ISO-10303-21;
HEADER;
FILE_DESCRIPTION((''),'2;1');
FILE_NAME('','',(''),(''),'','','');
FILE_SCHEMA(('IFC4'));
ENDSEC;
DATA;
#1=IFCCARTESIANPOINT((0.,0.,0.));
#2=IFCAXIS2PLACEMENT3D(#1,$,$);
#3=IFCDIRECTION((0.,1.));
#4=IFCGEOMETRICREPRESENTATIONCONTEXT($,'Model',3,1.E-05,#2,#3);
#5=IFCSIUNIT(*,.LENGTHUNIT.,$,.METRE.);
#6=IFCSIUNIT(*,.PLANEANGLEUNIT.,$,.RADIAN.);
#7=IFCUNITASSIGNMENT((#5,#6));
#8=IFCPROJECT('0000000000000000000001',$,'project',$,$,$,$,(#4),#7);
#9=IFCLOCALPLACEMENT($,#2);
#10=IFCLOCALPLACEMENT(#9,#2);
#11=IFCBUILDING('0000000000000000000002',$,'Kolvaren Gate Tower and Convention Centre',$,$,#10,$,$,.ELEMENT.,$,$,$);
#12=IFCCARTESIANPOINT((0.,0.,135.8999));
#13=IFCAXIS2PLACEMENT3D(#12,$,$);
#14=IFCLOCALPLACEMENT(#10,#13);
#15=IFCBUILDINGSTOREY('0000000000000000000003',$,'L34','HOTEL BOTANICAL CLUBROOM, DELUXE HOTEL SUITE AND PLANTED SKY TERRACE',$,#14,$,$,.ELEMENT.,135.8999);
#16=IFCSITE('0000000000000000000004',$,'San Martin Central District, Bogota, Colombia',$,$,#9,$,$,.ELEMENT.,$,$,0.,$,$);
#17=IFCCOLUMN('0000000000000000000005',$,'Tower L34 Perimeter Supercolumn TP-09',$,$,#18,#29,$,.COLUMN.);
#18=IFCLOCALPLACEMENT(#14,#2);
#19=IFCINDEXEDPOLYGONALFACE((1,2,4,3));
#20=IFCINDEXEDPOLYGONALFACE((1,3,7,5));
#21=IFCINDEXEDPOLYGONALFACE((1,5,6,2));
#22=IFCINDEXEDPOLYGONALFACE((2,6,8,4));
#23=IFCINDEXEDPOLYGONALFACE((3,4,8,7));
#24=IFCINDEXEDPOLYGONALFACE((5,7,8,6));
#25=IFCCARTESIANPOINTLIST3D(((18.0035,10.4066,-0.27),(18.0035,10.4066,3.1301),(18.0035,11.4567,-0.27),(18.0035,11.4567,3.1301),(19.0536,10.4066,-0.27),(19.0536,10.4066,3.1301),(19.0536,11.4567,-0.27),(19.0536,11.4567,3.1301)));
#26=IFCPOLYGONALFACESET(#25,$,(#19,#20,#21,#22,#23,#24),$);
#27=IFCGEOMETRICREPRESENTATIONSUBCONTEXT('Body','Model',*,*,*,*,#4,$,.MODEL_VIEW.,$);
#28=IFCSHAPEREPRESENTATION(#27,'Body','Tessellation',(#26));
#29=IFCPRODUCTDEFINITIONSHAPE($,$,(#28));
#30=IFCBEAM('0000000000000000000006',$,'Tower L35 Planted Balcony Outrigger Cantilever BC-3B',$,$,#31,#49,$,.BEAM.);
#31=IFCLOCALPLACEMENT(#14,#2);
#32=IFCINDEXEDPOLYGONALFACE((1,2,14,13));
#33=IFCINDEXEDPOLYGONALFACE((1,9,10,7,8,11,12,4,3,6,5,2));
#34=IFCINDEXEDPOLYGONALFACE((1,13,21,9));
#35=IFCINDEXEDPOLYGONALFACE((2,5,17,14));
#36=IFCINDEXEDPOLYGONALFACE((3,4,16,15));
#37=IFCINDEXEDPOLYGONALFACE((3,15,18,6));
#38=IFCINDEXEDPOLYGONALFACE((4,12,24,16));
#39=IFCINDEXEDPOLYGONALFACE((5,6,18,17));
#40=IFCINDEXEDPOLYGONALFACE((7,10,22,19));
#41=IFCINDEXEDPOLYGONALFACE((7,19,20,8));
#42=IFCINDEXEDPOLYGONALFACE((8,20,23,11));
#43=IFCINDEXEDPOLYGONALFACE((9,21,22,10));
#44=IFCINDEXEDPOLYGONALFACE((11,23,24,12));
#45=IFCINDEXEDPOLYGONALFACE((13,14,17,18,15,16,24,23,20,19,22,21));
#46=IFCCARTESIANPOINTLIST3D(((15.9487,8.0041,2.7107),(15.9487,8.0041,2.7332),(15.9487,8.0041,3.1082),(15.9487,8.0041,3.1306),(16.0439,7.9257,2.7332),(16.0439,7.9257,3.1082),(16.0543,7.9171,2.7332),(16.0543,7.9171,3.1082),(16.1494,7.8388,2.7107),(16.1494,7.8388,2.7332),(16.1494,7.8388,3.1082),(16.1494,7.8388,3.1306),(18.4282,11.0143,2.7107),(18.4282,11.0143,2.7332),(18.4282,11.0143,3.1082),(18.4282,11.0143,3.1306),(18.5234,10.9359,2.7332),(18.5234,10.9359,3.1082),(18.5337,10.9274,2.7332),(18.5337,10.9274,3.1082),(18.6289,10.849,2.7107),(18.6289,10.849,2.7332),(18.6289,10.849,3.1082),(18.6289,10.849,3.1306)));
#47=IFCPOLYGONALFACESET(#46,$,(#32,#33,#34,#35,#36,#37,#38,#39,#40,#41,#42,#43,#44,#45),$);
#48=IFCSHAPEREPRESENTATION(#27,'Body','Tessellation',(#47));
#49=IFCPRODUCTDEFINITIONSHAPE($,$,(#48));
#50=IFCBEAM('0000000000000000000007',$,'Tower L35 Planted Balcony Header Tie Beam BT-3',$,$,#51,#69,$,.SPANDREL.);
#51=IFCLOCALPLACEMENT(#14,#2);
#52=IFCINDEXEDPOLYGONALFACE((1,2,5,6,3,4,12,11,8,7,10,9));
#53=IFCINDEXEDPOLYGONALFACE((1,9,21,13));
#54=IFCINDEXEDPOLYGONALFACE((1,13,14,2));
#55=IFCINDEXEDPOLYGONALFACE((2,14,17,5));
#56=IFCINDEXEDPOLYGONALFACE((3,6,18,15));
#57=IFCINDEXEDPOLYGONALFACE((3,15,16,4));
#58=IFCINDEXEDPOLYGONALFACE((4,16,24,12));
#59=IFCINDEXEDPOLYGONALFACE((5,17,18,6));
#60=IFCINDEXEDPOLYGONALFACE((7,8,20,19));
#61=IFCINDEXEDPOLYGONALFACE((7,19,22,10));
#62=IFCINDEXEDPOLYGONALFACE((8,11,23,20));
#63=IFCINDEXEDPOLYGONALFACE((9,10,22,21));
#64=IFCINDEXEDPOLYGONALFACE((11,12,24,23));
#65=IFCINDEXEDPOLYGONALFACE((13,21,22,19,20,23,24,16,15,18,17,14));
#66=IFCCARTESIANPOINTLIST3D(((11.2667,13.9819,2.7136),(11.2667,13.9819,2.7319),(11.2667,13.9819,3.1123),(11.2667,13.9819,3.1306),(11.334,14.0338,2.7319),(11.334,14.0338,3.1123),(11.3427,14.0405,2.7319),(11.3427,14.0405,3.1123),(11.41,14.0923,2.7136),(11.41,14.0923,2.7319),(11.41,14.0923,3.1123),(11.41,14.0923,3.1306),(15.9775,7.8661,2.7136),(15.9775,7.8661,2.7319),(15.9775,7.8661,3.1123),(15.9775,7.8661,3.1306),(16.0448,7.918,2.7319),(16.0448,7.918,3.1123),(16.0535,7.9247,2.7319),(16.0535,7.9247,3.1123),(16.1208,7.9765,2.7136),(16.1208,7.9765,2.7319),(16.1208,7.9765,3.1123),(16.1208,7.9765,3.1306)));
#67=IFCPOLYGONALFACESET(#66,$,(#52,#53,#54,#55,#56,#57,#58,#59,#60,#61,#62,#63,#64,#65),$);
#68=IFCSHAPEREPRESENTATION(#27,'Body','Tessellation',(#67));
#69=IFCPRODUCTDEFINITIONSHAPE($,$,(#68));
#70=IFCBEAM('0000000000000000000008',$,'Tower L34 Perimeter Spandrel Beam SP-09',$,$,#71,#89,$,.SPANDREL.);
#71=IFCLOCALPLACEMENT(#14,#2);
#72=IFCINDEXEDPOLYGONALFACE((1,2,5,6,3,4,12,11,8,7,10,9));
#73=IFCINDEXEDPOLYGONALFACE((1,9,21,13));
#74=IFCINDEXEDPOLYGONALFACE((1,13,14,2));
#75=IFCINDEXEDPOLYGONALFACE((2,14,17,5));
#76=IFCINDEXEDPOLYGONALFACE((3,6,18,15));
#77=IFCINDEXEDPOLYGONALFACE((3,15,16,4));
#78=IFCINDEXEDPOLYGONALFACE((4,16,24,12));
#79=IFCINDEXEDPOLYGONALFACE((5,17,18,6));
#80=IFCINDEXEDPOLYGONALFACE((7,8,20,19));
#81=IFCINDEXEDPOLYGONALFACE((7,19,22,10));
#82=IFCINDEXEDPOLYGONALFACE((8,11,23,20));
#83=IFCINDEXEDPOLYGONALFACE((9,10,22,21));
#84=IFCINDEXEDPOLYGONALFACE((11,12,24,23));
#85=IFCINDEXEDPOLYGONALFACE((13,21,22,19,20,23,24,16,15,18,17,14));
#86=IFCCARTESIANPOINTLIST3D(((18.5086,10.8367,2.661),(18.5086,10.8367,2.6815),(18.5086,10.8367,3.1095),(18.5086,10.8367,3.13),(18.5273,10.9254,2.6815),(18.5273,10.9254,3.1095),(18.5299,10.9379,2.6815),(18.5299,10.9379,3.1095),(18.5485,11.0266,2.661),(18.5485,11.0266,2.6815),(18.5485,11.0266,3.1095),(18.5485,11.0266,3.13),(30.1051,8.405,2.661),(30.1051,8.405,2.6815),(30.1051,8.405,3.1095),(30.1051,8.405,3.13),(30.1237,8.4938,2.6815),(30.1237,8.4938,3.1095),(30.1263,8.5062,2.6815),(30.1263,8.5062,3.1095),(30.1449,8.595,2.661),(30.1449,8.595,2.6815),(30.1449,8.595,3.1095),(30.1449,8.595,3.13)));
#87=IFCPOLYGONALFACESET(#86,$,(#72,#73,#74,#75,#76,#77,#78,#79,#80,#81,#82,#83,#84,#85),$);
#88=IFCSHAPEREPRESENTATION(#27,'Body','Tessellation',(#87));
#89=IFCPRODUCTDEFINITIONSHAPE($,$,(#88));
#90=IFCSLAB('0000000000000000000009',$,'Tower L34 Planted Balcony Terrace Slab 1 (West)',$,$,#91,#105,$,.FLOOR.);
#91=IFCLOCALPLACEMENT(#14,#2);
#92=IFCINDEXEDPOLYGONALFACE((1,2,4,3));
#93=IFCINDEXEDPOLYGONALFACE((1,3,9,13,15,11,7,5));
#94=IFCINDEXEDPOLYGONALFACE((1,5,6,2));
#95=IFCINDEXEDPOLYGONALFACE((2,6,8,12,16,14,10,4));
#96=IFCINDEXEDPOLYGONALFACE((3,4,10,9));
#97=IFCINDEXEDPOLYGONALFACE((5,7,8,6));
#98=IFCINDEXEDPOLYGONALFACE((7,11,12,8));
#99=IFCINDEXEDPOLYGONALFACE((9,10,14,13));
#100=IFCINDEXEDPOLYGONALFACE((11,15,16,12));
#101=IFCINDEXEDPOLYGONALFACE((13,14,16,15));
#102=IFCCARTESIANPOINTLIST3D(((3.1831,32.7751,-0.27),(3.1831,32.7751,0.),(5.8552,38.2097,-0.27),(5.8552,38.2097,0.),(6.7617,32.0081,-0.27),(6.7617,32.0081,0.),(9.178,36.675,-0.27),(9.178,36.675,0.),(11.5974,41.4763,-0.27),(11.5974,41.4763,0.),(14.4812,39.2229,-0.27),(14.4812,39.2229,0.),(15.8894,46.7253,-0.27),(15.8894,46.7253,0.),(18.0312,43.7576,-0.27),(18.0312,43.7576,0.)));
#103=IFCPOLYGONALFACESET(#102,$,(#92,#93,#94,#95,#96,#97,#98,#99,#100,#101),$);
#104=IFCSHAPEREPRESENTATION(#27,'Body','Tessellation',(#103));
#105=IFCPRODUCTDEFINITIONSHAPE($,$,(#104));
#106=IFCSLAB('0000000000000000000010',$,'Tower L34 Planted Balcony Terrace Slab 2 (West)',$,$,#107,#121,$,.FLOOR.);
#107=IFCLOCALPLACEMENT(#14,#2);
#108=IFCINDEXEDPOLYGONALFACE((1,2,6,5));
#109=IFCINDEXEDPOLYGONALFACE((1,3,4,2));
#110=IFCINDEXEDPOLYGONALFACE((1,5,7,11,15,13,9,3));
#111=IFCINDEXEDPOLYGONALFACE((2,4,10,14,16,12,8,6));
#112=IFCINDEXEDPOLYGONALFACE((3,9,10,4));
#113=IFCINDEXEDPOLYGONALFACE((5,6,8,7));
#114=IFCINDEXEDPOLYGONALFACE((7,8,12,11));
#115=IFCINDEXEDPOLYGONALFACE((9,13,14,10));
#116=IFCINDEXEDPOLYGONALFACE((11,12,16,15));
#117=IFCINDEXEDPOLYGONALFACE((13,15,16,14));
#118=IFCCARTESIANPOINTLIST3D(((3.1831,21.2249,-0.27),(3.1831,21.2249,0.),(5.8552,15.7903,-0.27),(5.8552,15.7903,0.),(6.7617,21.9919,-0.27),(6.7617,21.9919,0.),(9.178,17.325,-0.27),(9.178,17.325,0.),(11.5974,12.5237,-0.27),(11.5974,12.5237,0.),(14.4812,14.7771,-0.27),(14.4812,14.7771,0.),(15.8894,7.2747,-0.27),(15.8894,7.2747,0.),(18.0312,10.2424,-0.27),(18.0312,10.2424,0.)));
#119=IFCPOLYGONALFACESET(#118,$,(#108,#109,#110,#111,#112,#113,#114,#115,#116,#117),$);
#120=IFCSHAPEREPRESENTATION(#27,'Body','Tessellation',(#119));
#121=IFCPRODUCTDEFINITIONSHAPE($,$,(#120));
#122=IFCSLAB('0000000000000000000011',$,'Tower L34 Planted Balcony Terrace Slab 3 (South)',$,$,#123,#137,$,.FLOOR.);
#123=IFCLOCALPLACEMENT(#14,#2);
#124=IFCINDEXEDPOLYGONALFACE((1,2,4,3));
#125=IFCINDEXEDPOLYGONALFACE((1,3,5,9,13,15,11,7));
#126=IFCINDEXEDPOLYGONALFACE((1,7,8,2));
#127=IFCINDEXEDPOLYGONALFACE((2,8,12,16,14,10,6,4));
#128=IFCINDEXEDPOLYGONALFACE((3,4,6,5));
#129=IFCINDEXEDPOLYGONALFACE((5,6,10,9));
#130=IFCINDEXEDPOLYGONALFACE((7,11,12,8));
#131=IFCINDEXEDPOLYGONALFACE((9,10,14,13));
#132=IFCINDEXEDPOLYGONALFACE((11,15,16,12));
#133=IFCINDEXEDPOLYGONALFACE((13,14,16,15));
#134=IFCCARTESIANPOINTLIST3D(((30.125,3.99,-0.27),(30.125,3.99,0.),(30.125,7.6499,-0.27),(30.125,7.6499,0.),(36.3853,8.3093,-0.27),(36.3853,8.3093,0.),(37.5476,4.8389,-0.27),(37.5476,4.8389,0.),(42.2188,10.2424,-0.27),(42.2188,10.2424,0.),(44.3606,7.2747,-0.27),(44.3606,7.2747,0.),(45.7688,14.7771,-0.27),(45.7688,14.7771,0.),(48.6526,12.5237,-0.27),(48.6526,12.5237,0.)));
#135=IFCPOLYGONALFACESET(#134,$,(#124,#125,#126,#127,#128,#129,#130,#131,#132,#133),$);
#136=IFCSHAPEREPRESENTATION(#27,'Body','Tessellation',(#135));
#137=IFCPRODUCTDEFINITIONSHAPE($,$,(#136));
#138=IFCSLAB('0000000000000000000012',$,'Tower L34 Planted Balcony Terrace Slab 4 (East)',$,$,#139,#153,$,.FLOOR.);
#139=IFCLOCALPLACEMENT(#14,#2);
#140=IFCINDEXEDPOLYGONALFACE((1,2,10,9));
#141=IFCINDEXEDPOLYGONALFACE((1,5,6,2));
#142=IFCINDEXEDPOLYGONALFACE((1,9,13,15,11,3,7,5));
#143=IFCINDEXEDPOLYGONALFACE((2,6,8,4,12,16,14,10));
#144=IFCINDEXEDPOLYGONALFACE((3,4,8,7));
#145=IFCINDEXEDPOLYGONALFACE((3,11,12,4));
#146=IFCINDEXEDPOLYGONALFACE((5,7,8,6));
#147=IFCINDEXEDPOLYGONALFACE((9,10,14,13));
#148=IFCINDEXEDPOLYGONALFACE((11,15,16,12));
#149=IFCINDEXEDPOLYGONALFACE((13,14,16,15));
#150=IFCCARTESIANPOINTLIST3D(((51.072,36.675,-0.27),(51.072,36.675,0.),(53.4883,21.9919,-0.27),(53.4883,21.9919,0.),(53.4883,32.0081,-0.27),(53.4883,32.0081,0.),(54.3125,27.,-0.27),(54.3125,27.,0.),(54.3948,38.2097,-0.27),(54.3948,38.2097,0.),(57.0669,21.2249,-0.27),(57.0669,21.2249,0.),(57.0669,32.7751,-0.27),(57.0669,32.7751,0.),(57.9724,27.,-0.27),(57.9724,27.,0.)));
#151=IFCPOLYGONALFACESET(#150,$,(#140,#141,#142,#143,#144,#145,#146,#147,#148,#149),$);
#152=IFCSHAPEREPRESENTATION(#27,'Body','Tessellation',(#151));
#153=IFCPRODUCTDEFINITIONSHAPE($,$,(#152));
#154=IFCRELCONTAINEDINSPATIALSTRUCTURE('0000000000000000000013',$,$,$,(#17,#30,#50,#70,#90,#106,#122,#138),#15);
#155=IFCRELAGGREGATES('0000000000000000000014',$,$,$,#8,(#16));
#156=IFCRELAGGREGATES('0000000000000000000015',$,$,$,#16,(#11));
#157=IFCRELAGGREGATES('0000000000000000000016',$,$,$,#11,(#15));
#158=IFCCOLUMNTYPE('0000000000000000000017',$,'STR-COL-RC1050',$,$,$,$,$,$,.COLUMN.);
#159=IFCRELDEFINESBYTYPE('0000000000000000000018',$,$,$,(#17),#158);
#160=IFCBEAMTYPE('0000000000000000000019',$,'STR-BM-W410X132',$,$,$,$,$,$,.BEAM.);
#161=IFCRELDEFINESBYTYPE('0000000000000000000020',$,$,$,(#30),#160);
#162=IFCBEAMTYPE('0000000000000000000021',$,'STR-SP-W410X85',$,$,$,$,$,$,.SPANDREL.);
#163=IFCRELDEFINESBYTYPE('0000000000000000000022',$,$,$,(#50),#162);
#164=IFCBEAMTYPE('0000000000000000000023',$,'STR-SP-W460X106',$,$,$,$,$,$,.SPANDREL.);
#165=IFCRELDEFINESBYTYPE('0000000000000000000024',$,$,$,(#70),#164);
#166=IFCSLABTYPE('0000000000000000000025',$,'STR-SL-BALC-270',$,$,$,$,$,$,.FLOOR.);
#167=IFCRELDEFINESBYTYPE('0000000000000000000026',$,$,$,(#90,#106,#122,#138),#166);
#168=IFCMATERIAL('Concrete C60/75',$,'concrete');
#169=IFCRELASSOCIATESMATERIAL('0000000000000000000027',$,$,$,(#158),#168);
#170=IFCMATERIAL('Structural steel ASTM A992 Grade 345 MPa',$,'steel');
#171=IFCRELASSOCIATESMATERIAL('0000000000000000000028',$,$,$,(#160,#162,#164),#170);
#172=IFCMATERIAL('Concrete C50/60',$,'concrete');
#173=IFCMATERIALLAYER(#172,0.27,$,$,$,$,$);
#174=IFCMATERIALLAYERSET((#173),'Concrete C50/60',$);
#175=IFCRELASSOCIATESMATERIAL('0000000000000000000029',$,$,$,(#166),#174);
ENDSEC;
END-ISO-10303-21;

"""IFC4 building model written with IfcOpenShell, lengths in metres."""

from ifc_helpers import new_model, si_unit, direction, frame, origin, origin_2d, place, context, subcontext, project, spatial, polyline, rectangle, i_section, outline, extrude, material, layer, layer_set, material_profile, profile_set, type_object, element, save


model = new_model("IFC4")

# Units and contexts
model_context = context("Model", 3, precision=1e-05, world=origin(), true_north=direction((0.0, 1.0)))
body_context = subcontext(model_context, "Body", "Model", "MODEL_VIEW")
ifc_project = project(units=[si_unit("LENGTHUNIT", "METRE"), si_unit("PLANEANGLEUNIT", "RADIAN")], contexts=[model_context])

# Site, building, storey
site_placement = place(None, origin())
site = spatial("IfcSite", under=ifc_project, at=site_placement, Name="San Martin Central District, Bogota, Colombia", CompositionType="ELEMENT", RefElevation=0.0)
building_placement = place(site_placement, origin())
building = spatial("IfcBuilding", under=site, at=building_placement, Name="Kolvaren Gate Tower and Convention Centre", CompositionType="ELEMENT")
storey_placement = place(building_placement, frame((0.0, 0.0, 135.8999)))
storey = spatial("IfcBuildingStorey", under=building, at=storey_placement, Name="L34", Description="HOTEL BOTANICAL CLUBROOM, DELUXE HOTEL SUITE AND PLANTED SKY TERRACE", CompositionType="ELEMENT", Elevation=135.8999)

# Column
ifc_material_1 = material(Name="Concrete C60/75", Category="concrete")
ifc_material_profile_1 = material_profile(ifc_material_1, rectangle(XDim=1.05, YDim=1.05, at=origin_2d()), Name="RC-COL-1050X1050")
ifc_profile_set_1 = profile_set([ifc_material_profile_1], Name="Concrete C60/75")
column_type = type_object("IfcColumnType", Name="STR-COL-RC1050", PredefinedType="COLUMN", material=ifc_profile_set_1)
column_placement = place(storey_placement, frame((18.5286, 10.9316, -0.27), z_axis=(0.0, 0.0, 1.0), x_axis=(1.0, 0.0, 0.0)))
element("IfcColumn", 1, at=column_placement, inside=storey, type_object=column_type, Name="Tower L34 Perimeter Supercolumn TP-09", PredefinedType="COLUMN", context=body_context, shape_type="SweptSolid", body=[
    extrude(rectangle(XDim=1.05, YDim=1.05, at=origin_2d()), origin(), (0.0, 0.0, 1.0), 3.4001),
])

# Beams
ifc_material_2 = material(Name="Structural steel ASTM A992 Grade 345 MPa", Category="steel")
ifc_material_profile_2 = material_profile(ifc_material_2, i_section(OverallWidth=0.26, OverallDepth=0.4199, WebThickness=0.0134, FlangeThickness=0.0225, at=origin_2d()), Name="W410X132")
ifc_profile_set_2 = profile_set([ifc_material_profile_2], Name="Structural steel ASTM A992 Grade 345 MPa")
beam_type_1 = type_object("IfcBeamType", Name="STR-BM-W410X132", PredefinedType="BEAM", material=ifc_profile_set_2)
beam_1_placement = place(storey_placement, frame((18.5286, 10.9316, 2.9207), z_axis=(-0.635777, -0.771872, 0.0), x_axis=(0.771872, -0.635777, 0.0)))
element("IfcBeam", 2, at=beam_1_placement, inside=storey, type_object=beam_type_1, Name="Tower L35 Planted Balcony Outrigger Cantilever BC-3B", PredefinedType="BEAM", context=body_context, shape_type="SweptSolid", body=[
    extrude(i_section(OverallWidth=0.26, OverallDepth=0.4199, WebThickness=0.0134, FlangeThickness=0.0225, at=origin_2d()), origin(), (0.0, 0.0, 1.0), 3.8999),
])
ifc_material_profile_3 = material_profile(ifc_material_2, i_section(OverallWidth=0.1809, OverallDepth=0.417, WebThickness=0.011, FlangeThickness=0.0183, at=origin_2d()), Name="W410X85")
ifc_profile_set_3 = profile_set([ifc_material_profile_3], Name="Structural steel ASTM A992 Grade 345 MPa")
beam_type_2 = type_object("IfcBeamType", Name="STR-SP-W410X85", PredefinedType="SPANDREL", material=ifc_profile_set_3)
beam_2_placement = place(storey_placement, frame((11.3384, 14.0371, 2.9221), z_axis=(0.610223, -0.79223, 0.0), x_axis=(0.79223, 0.610223, 0.0)))
element("IfcBeam", 3, at=beam_2_placement, inside=storey, type_object=beam_type_2, Name="Tower L35 Planted Balcony Header Tie Beam BT-3", PredefinedType="SPANDREL", context=body_context, shape_type="SweptSolid", body=[
    extrude(i_section(OverallWidth=0.1809, OverallDepth=0.417, WebThickness=0.011, FlangeThickness=0.0183, at=origin_2d()), origin(), (0.0, 0.0, 1.0), 7.7197),
])
ifc_material_profile_4 = material_profile(ifc_material_2, i_section(OverallWidth=0.1941, OverallDepth=0.469, WebThickness=0.0127, FlangeThickness=0.0205, at=origin_2d()), Name="W460X106")
ifc_profile_set_4 = profile_set([ifc_material_profile_4], Name="Structural steel ASTM A992 Grade 345 MPa")
beam_type_3 = type_object("IfcBeamType", Name="STR-SP-W460X106", PredefinedType="SPANDREL", material=ifc_profile_set_4)
beam_3_placement = place(storey_placement, frame((18.5286, 10.9316, 2.8955), z_axis=(0.978715, -0.205225, 0.0), x_axis=(0.205225, 0.978715, 0.0)))
element("IfcBeam", 4, at=beam_3_placement, inside=storey, type_object=beam_type_3, Name="Tower L34 Perimeter Spandrel Beam SP-09", PredefinedType="SPANDREL", context=body_context, shape_type="SweptSolid", body=[
    extrude(i_section(OverallWidth=0.1941, OverallDepth=0.469, WebThickness=0.0127, FlangeThickness=0.0205, at=origin_2d()), origin(), (0.0, 0.0, 1.0), 11.8486),
])

# Slabs
ifc_material_3 = material(Name="Concrete C50/60", Category="concrete")
ifc_layer_1 = layer(ifc_material_3, 0.27)
ifc_layer_set_1 = layer_set([ifc_layer_1], Name="Concrete C50/60")
slab_type_1 = type_object("IfcSlabType", Name="STR-SL-BALC-270", PredefinedType="FLOOR", material=ifc_layer_set_1)
slab_1_placement = place(storey_placement, frame((0.0, 0.0, -0.27)))
element("IfcSlab", 5, at=slab_1_placement, inside=storey, type_object=slab_type_1, Name="Tower L34 Planted Balcony Terrace Slab 1 (West)", PredefinedType="FLOOR", context=body_context, shape_type="SweptSolid", body=[
    extrude(outline(polyline([(18.0312, 43.7576), (14.4812, 39.2229), (9.178, 36.675), (6.7617, 32.0081), (3.1831, 32.7751), (5.8552, 38.2097), (11.5974, 41.4763), (15.8894, 46.7253), (18.0312, 43.7576)])), origin(), (0.0, 0.0, 1.0), 0.27),
])
slab_2_placement = place(storey_placement, frame((0.0, 0.0, -0.27)))
element("IfcSlab", 6, at=slab_2_placement, inside=storey, type_object=slab_type_1, Name="Tower L34 Planted Balcony Terrace Slab 2 (West)", PredefinedType="FLOOR", context=body_context, shape_type="SweptSolid", body=[
    extrude(outline(polyline([(6.7617, 21.9919), (9.178, 17.325), (14.4812, 14.7771), (18.0312, 10.2424), (15.8894, 7.2747), (11.5974, 12.5237), (5.8552, 15.7903), (3.1831, 21.2249), (6.7617, 21.9919)])), origin(), (0.0, 0.0, 1.0), 0.27),
])
slab_3_placement = place(storey_placement, frame((0.0, 0.0, -0.27)))
element("IfcSlab", 7, at=slab_3_placement, inside=storey, type_object=slab_type_1, Name="Tower L34 Planted Balcony Terrace Slab 3 (South)", PredefinedType="FLOOR", context=body_context, shape_type="SweptSolid", body=[
    extrude(outline(polyline([(30.125, 7.6499), (36.3853, 8.3093), (42.2188, 10.2424), (45.7688, 14.7771), (48.6526, 12.5237), (44.3606, 7.2747), (37.5476, 4.8389), (30.125, 3.99), (30.125, 7.6499)])), origin(), (0.0, 0.0, 1.0), 0.27),
])
slab_4_placement = place(storey_placement, frame((0.0, 0.0, -0.27)))
element("IfcSlab", 8, at=slab_4_placement, inside=storey, type_object=slab_type_1, Name="Tower L34 Planted Balcony Terrace Slab 4 (East)", PredefinedType="FLOOR", context=body_context, shape_type="SweptSolid", body=[
    extrude(outline(polyline([(53.4883, 21.9919), (54.3125, 27.0), (53.4883, 32.0081), (51.072, 36.675), (54.3948, 38.2097), (57.0669, 32.7751), (57.9724, 27.0), (57.0669, 21.2249), (53.4883, 21.9919)])), origin(), (0.0, 0.0, 1.0), 0.27),
])

save(model, "model.ifc")
